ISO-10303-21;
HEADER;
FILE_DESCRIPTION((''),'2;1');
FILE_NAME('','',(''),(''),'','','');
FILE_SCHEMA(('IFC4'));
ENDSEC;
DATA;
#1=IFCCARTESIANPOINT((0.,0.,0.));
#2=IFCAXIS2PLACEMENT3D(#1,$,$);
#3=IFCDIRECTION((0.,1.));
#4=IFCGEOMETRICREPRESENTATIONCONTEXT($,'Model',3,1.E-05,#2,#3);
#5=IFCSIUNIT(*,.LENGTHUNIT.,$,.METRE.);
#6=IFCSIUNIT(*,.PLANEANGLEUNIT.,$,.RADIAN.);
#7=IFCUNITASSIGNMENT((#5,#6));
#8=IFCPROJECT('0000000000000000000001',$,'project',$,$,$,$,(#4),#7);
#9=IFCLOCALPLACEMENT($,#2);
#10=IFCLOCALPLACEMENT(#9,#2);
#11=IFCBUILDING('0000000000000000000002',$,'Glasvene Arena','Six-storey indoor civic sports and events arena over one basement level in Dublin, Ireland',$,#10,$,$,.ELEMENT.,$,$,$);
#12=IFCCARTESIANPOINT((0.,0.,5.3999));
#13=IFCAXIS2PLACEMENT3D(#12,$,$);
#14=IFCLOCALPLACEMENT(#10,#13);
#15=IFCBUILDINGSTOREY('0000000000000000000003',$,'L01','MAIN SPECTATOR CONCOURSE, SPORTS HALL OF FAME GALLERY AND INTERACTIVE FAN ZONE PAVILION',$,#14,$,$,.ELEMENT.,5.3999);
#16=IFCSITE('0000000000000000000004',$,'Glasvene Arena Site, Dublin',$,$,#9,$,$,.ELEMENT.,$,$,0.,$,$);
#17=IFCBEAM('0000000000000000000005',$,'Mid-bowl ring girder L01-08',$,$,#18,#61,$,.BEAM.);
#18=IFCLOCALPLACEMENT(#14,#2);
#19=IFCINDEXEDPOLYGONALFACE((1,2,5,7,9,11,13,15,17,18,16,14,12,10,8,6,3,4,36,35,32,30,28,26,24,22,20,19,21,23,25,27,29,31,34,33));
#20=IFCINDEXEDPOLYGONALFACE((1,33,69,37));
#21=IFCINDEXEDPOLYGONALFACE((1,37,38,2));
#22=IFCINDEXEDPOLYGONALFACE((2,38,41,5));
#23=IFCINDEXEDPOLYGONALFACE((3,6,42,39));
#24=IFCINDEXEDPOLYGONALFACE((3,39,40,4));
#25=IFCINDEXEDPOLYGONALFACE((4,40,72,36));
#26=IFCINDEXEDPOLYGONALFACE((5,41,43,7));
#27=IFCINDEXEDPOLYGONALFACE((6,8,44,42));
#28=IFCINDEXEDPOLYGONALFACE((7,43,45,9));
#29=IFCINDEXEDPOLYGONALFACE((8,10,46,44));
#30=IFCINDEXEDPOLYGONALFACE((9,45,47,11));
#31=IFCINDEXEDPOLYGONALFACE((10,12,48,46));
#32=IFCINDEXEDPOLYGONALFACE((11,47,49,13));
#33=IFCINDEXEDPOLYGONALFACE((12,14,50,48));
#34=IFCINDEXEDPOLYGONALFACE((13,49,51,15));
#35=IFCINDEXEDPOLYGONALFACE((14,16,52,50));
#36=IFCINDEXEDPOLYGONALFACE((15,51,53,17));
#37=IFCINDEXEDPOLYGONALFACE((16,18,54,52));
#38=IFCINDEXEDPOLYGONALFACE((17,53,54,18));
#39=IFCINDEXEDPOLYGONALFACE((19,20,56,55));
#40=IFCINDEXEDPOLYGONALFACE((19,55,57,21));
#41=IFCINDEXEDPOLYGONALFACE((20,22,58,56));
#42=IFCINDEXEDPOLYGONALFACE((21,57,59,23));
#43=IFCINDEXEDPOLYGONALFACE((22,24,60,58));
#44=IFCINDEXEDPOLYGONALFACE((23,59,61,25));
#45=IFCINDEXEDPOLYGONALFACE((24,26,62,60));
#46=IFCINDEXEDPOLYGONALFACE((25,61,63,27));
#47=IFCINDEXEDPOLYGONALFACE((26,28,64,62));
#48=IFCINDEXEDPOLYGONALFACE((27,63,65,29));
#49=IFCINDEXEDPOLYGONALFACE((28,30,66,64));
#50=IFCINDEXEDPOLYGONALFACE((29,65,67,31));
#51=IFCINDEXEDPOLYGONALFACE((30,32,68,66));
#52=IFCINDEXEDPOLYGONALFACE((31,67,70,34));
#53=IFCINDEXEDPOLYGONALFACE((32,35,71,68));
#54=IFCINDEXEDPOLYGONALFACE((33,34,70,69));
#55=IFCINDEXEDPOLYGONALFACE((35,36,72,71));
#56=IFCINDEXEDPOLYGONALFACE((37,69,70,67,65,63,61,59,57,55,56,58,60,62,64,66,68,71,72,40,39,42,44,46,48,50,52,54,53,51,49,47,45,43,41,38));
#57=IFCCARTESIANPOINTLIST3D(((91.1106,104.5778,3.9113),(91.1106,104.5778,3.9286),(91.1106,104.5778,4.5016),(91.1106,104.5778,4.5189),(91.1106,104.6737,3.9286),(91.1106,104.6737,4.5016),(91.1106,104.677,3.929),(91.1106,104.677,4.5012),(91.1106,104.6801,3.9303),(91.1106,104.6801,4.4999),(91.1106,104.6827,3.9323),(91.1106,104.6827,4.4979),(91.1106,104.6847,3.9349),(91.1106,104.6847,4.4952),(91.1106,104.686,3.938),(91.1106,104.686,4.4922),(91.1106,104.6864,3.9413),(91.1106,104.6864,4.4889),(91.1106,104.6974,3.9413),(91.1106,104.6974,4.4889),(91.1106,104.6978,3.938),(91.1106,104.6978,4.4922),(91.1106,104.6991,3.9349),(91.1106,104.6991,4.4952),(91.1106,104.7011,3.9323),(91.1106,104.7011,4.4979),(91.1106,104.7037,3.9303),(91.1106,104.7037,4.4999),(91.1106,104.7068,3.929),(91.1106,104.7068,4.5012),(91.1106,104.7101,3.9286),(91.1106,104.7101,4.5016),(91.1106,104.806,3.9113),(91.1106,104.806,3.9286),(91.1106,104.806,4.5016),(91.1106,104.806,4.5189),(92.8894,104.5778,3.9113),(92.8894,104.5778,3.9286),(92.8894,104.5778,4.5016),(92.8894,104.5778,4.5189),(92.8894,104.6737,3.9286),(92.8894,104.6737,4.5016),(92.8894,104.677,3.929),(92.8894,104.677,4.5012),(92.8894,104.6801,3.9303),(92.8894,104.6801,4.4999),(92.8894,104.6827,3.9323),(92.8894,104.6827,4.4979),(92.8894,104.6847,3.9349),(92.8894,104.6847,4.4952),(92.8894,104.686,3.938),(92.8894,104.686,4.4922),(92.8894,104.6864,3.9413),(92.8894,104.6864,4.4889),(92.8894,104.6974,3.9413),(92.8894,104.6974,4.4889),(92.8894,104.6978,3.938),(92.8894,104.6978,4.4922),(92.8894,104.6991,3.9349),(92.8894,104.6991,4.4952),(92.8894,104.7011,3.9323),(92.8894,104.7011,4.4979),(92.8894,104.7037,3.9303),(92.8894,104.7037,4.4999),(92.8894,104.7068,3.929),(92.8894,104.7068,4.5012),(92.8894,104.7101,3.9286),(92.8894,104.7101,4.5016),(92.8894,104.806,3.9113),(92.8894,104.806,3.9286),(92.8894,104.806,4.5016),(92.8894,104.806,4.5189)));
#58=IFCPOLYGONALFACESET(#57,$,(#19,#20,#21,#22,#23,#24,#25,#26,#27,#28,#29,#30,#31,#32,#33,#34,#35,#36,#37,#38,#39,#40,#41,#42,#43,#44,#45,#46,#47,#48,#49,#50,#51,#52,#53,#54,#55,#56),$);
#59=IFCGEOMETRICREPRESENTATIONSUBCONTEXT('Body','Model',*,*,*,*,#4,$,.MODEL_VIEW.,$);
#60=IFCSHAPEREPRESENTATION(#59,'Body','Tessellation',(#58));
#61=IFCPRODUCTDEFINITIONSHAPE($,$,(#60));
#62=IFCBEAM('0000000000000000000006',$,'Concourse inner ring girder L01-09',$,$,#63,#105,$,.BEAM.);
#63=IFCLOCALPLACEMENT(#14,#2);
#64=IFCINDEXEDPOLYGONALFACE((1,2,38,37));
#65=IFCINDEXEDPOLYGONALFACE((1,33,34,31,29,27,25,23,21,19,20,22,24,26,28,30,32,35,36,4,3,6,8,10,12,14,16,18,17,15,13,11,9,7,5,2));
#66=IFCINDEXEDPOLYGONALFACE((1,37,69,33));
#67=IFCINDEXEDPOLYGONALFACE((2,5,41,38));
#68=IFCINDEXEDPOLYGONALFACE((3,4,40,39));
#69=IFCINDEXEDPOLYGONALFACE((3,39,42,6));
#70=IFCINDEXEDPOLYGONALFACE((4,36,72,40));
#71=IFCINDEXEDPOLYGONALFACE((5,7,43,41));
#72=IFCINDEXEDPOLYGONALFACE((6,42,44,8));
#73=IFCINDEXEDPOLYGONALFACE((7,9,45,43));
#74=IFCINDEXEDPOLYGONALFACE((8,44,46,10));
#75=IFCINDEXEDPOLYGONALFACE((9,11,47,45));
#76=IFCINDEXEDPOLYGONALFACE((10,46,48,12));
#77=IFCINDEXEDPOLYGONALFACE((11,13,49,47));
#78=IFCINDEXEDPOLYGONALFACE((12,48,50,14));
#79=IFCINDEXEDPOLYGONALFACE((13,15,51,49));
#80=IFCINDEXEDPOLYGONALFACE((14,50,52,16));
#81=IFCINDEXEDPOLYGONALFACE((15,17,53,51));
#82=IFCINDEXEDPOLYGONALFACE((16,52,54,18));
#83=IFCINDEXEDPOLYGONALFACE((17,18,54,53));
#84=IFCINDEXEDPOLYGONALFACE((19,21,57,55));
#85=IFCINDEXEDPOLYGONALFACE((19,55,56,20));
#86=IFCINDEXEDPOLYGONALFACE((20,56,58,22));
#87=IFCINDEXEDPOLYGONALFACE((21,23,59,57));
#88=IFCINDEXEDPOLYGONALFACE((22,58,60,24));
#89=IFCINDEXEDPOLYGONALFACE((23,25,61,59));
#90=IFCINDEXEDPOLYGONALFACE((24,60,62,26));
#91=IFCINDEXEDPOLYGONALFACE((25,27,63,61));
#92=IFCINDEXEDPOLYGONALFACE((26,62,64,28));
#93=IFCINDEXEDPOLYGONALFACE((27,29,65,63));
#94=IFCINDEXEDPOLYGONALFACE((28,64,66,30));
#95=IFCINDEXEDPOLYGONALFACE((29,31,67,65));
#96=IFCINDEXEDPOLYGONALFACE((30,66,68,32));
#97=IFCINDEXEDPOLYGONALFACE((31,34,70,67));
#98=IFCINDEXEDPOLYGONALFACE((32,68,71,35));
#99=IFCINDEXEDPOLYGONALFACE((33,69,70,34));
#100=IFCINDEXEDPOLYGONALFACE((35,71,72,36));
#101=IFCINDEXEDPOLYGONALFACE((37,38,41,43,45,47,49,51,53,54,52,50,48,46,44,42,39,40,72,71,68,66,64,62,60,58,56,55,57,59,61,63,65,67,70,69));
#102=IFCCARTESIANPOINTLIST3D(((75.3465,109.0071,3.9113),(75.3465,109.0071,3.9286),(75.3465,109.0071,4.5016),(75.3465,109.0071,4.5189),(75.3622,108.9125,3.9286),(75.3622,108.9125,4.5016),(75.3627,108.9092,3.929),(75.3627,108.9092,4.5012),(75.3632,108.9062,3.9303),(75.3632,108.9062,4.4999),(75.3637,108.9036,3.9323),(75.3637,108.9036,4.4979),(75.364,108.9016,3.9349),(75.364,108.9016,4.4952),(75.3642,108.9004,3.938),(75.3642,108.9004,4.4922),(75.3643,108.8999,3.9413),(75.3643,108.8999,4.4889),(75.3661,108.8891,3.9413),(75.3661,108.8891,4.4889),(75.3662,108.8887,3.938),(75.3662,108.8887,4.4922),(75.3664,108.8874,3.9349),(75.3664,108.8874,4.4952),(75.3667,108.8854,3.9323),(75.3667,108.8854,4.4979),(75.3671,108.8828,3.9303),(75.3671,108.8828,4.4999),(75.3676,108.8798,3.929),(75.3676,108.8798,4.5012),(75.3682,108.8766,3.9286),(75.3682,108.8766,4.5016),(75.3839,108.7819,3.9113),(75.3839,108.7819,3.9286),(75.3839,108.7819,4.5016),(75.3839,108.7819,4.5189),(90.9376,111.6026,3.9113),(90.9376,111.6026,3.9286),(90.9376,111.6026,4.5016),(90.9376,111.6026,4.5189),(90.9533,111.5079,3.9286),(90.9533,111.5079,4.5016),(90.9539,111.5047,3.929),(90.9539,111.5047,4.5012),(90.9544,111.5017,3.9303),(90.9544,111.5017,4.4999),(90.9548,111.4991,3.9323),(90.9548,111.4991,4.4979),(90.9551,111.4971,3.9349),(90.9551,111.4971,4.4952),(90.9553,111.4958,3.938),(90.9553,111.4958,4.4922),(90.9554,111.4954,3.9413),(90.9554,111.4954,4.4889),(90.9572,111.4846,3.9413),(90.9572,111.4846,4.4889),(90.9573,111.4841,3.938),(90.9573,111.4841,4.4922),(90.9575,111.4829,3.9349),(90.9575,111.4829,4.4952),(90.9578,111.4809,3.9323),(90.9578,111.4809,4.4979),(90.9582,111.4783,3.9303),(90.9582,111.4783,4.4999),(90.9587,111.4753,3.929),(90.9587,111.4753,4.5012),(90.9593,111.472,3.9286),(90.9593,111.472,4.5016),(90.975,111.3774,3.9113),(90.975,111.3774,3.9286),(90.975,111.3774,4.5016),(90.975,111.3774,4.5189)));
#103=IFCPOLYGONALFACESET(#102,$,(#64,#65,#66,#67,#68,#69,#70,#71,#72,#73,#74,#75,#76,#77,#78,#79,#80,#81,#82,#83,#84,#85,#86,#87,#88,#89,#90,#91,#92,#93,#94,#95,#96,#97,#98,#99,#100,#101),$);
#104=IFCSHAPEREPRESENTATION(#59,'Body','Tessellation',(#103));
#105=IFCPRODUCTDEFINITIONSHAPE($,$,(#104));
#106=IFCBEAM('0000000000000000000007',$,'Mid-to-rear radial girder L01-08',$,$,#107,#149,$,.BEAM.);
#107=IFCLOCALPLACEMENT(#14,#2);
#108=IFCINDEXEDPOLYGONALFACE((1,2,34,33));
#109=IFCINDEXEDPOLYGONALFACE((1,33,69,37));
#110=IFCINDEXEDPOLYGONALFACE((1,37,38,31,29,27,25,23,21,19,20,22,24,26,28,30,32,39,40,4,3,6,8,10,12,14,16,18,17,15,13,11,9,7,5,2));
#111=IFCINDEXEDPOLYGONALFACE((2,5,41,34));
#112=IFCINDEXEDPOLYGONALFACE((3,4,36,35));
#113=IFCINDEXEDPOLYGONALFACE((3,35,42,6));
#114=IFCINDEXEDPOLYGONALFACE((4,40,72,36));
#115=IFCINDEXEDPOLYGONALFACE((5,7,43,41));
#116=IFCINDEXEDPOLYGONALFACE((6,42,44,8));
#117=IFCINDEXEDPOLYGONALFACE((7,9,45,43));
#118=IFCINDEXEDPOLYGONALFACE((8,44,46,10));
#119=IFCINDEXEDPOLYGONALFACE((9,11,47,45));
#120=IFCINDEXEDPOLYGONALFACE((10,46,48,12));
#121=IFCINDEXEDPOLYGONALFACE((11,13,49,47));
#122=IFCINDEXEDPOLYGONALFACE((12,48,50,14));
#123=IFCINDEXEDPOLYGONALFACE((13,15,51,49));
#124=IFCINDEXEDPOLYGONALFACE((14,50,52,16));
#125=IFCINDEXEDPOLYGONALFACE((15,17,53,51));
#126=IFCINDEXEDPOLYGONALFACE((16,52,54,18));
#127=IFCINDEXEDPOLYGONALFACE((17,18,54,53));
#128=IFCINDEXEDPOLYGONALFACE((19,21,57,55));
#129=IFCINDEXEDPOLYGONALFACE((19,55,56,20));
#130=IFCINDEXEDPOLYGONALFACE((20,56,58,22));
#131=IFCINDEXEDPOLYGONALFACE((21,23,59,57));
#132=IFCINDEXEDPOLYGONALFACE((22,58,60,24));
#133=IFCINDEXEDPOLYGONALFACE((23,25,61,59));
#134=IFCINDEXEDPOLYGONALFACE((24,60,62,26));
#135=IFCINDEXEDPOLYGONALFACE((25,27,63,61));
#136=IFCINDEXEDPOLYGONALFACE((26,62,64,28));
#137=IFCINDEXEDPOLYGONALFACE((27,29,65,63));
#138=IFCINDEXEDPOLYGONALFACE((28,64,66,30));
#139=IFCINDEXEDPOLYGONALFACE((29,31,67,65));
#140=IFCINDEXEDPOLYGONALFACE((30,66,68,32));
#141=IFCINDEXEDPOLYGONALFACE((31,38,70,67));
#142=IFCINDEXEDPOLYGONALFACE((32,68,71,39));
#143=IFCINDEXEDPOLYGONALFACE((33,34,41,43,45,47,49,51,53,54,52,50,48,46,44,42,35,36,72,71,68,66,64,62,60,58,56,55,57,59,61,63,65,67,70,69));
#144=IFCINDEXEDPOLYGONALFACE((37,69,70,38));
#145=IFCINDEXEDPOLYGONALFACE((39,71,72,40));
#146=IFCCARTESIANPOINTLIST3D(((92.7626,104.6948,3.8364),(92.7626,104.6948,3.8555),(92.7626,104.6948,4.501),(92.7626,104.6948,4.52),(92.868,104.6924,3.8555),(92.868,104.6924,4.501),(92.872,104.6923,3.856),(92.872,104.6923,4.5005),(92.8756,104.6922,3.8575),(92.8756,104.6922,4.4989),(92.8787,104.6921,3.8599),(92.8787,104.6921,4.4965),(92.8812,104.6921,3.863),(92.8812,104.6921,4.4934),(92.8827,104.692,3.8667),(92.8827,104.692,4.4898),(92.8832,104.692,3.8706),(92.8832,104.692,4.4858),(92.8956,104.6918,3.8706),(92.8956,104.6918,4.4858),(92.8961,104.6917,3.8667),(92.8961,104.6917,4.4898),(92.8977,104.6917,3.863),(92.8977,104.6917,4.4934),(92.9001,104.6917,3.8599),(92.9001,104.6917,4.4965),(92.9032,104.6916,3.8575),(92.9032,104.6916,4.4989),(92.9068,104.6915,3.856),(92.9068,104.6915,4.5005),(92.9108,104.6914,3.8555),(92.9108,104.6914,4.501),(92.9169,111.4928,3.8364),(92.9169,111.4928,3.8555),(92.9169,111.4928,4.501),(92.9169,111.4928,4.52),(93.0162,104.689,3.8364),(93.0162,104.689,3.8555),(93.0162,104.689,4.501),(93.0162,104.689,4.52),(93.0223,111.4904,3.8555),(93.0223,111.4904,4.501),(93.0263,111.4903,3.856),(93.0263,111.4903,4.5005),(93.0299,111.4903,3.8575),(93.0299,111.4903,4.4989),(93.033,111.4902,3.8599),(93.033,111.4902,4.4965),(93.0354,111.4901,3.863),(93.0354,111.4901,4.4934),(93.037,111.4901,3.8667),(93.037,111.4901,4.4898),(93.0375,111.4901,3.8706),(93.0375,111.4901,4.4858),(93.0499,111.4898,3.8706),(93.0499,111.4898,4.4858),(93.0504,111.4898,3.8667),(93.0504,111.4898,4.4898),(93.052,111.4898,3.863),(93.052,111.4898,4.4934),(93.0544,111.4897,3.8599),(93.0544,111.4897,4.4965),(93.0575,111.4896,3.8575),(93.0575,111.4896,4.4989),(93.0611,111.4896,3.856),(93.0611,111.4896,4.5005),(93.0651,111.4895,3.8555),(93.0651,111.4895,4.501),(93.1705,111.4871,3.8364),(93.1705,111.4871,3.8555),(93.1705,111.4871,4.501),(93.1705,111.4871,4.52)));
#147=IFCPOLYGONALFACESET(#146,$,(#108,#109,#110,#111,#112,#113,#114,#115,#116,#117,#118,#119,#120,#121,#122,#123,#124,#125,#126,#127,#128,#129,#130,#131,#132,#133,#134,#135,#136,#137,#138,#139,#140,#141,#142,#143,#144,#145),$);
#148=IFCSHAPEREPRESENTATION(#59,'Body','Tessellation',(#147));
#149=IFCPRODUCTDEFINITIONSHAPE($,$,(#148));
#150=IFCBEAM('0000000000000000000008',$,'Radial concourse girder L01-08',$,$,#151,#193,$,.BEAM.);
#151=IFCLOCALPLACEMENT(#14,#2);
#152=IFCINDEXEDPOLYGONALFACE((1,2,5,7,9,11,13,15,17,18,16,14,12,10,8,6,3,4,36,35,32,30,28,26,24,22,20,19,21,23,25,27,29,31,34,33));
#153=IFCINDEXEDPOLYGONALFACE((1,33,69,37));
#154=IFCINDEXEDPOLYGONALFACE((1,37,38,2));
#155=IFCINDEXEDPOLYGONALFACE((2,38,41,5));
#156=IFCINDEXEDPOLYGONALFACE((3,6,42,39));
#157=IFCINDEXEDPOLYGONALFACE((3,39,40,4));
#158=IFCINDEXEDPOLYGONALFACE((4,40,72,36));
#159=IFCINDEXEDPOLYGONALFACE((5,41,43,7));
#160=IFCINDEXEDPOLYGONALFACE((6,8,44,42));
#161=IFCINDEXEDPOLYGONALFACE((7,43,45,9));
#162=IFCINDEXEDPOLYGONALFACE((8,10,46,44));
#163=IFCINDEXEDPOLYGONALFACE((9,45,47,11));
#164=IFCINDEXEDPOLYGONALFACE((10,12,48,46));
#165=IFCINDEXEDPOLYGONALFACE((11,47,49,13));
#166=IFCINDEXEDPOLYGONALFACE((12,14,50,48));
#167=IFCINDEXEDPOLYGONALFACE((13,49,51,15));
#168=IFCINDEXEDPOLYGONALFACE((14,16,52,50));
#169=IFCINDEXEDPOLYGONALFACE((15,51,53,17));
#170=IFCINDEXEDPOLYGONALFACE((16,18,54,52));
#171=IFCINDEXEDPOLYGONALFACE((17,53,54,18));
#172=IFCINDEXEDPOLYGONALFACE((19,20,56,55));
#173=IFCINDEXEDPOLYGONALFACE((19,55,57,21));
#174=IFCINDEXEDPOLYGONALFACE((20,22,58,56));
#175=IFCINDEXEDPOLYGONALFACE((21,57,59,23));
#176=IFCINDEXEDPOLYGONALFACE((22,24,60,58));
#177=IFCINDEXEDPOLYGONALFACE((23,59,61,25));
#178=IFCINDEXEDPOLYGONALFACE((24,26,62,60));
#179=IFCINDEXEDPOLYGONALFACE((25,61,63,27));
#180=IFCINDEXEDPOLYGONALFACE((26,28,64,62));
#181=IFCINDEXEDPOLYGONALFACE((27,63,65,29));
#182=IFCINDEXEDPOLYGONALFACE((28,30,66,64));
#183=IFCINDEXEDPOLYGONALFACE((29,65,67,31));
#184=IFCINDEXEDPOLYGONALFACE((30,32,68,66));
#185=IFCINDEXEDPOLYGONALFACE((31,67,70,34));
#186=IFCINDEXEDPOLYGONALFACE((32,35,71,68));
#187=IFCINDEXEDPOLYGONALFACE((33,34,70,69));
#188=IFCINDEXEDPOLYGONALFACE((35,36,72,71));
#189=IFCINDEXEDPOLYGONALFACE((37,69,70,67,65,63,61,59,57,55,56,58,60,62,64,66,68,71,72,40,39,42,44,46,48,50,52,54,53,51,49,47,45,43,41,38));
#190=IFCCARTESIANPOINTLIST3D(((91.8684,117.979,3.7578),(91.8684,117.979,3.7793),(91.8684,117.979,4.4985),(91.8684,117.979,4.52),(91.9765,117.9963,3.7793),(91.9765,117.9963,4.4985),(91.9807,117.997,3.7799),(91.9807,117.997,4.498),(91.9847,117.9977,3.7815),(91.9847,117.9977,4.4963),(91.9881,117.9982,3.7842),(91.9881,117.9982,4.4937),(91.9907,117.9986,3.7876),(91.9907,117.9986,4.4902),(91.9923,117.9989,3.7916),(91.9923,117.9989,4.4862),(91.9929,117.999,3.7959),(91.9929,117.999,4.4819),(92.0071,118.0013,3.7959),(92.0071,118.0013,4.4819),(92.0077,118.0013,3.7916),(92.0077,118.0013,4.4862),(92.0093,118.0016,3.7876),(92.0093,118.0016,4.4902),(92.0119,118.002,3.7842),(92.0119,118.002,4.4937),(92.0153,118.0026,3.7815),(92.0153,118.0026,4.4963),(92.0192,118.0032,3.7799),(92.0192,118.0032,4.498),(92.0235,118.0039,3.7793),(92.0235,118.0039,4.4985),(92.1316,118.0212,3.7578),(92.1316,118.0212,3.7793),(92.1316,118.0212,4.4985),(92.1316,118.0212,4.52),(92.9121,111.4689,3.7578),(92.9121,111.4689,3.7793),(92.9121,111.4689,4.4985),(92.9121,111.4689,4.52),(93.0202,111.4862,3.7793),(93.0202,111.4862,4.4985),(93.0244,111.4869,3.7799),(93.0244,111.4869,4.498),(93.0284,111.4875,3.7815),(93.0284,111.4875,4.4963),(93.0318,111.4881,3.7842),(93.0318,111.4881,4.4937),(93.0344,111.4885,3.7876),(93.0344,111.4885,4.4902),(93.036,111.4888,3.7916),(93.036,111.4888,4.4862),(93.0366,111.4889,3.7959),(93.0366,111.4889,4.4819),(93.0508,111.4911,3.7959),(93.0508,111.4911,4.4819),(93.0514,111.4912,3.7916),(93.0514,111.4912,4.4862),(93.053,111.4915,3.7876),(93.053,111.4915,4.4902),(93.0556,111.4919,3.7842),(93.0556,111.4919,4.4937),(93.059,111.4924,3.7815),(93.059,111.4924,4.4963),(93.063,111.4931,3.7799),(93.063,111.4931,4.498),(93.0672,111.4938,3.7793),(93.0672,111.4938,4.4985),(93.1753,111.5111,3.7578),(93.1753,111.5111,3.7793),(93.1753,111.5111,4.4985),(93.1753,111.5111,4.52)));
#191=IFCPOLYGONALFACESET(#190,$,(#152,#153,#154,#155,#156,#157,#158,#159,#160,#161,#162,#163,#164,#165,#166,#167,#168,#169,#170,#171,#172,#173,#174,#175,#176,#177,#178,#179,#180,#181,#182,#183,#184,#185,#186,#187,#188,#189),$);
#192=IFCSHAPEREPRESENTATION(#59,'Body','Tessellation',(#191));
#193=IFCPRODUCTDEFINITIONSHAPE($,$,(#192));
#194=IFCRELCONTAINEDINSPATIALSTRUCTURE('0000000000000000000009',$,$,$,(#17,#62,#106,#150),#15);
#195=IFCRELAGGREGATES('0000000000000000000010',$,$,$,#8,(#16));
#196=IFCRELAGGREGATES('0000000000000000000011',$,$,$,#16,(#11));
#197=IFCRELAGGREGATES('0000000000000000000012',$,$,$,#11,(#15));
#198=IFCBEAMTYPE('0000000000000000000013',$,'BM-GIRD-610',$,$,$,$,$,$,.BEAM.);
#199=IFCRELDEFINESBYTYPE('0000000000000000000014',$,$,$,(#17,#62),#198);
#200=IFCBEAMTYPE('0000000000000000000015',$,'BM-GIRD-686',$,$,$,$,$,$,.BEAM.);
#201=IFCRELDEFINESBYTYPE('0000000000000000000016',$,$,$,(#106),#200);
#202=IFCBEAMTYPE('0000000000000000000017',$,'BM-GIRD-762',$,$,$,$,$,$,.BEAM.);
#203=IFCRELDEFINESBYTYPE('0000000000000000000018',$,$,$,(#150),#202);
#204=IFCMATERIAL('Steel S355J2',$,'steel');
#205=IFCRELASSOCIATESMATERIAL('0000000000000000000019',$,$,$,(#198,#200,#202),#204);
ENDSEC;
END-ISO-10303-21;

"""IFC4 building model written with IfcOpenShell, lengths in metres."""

from ifc_helpers import new_model, si_unit, direction, frame, origin, origin_2d, place, context, subcontext, project, spatial, i_section, extrude, material, material_profile, profile_set, type_object, element, save


model = new_model("IFC4")

# Units and contexts
model_context = context("Model", 3, precision=1e-05, world=origin(), true_north=direction((0.0, 1.0)))
body_context = subcontext(model_context, "Body", "Model", "MODEL_VIEW")
ifc_project = project(units=[si_unit("LENGTHUNIT", "METRE"), si_unit("PLANEANGLEUNIT", "RADIAN")], contexts=[model_context])

# Site, building, storey
site_placement = place(None, origin())
site = spatial("IfcSite", under=ifc_project, at=site_placement, Name="Glasvene Arena Site, Dublin", CompositionType="ELEMENT", RefElevation=0.0)
building_placement = place(site_placement, origin())
building = spatial("IfcBuilding", under=site, at=building_placement, Name="Glasvene Arena", Description="Six-storey indoor civic sports and events arena over one basement level in Dublin, Ireland", CompositionType="ELEMENT")
storey_placement = place(building_placement, frame((0.0, 0.0, 5.3999)))
storey = spatial("IfcBuildingStorey", under=building, at=storey_placement, Name="L01", Description="MAIN SPECTATOR CONCOURSE, SPORTS HALL OF FAME GALLERY AND INTERACTIVE FAN ZONE PAVILION", CompositionType="ELEMENT", Elevation=5.3999)

# Shared definitions
ifc_material_1 = material(Name="Steel S355J2", Category="steel")

# Beams
ifc_material_profile_1 = material_profile(ifc_material_1, i_section(OverallWidth=0.2283, OverallDepth=0.6077, WebThickness=0.011, FlangeThickness=0.0173, FilletRadius=0.0127, at=origin_2d()), Name="UKB 610x229x113")
ifc_profile_set_1 = profile_set([ifc_material_profile_1], Name="Steel S355J2")
beam_type_1 = type_object("IfcBeamType", Name="BM-GIRD-610", PredefinedType="BEAM", material=ifc_profile_set_1)
beam_1_placement = place(storey_placement, frame((92.8894, 104.6919, 4.2151), z_axis=(-1.0, 0.0, 0.0), x_axis=(0.0, -1.0, 0.0)))
element("IfcBeam", 1, at=beam_1_placement, inside=storey, type_object=beam_type_1, Name="Mid-bowl ring girder L01-08", PredefinedType="BEAM", context=body_context, shape_type="SweptSolid", body=[
    extrude(i_section(OverallWidth=0.2283, OverallDepth=0.6077, WebThickness=0.011, FlangeThickness=0.0173, FilletRadius=0.0127, at=origin_2d()), origin(), (0.0, 0.0, 1.0), 1.7788),
])
beam_2_placement = place(storey_placement, frame((90.9563, 111.49, 4.2151), z_axis=(-0.986425, -0.164211, 0.0), x_axis=(0.164211, -0.986425, 0.0)))
element("IfcBeam", 2, at=beam_2_placement, inside=storey, type_object=beam_type_1, Name="Concourse inner ring girder L01-09", PredefinedType="BEAM", context=body_context, shape_type="SweptSolid", body=[
    extrude(i_section(OverallWidth=0.2283, OverallDepth=0.6077, WebThickness=0.011, FlangeThickness=0.0173, FilletRadius=0.0127, at=origin_2d()), origin(), (0.0, 0.0, 1.0), 15.8057),
])
ifc_material_profile_2 = material_profile(ifc_material_1, i_section(OverallWidth=0.2537, OverallDepth=0.6836, WebThickness=0.0125, FlangeThickness=0.019, FilletRadius=0.0151, at=origin_2d()), Name="UKB 686x254x140")
ifc_profile_set_2 = profile_set([ifc_material_profile_2], Name="Steel S355J2")
beam_type_2 = type_object("IfcBeamType", Name="BM-GIRD-686", PredefinedType="BEAM", material=ifc_profile_set_2)
beam_3_placement = place(storey_placement, frame((92.8894, 104.6919, 4.1782), z_axis=(0.022691, 0.999743, 0.0), x_axis=(-0.999743, 0.022691, 0.0)))
element("IfcBeam", 3, at=beam_3_placement, inside=storey, type_object=beam_type_2, Name="Mid-to-rear radial girder L01-08", PredefinedType="BEAM", context=body_context, shape_type="SweptSolid", body=[
    extrude(i_section(OverallWidth=0.2537, OverallDepth=0.6836, WebThickness=0.0125, FlangeThickness=0.019, FilletRadius=0.0151, at=origin_2d()), origin(), (0.0, 0.0, 1.0), 6.7998),
])
ifc_material_profile_3 = material_profile(ifc_material_1, i_section(OverallWidth=0.2666, OverallDepth=0.7622, WebThickness=0.0144, FlangeThickness=0.0215, FilletRadius=0.0166, at=origin_2d()), Name="UKB 762x267x173")
ifc_profile_set_3 = profile_set([ifc_material_profile_3], Name="Steel S355J2")
beam_type_3 = type_object("IfcBeamType", Name="BM-GIRD-762", PredefinedType="BEAM", material=ifc_profile_set_3)
for number, where, z_axis, x_axis, name in (
    (4, (93.0437, 111.49, 4.1389), (-0.158301, 0.987391, 0.0), (-0.987391, -0.158301, 0.0), "Radial concourse girder L01-08"),
):
    element("IfcBeam", number, at=place(storey_placement, frame(where, z_axis=z_axis, x_axis=x_axis)), inside=storey, type_object=beam_type_3, Name=name, PredefinedType="BEAM", context=body_context, shape_type="SweptSolid", body=[
        extrude(i_section(OverallWidth=0.2666, OverallDepth=0.7622, WebThickness=0.0144, FlangeThickness=0.0215, FilletRadius=0.0166, at=origin_2d()), origin(), (0.0, 0.0, 1.0), 6.5933),
    ])

save(model, "model.ifc")
